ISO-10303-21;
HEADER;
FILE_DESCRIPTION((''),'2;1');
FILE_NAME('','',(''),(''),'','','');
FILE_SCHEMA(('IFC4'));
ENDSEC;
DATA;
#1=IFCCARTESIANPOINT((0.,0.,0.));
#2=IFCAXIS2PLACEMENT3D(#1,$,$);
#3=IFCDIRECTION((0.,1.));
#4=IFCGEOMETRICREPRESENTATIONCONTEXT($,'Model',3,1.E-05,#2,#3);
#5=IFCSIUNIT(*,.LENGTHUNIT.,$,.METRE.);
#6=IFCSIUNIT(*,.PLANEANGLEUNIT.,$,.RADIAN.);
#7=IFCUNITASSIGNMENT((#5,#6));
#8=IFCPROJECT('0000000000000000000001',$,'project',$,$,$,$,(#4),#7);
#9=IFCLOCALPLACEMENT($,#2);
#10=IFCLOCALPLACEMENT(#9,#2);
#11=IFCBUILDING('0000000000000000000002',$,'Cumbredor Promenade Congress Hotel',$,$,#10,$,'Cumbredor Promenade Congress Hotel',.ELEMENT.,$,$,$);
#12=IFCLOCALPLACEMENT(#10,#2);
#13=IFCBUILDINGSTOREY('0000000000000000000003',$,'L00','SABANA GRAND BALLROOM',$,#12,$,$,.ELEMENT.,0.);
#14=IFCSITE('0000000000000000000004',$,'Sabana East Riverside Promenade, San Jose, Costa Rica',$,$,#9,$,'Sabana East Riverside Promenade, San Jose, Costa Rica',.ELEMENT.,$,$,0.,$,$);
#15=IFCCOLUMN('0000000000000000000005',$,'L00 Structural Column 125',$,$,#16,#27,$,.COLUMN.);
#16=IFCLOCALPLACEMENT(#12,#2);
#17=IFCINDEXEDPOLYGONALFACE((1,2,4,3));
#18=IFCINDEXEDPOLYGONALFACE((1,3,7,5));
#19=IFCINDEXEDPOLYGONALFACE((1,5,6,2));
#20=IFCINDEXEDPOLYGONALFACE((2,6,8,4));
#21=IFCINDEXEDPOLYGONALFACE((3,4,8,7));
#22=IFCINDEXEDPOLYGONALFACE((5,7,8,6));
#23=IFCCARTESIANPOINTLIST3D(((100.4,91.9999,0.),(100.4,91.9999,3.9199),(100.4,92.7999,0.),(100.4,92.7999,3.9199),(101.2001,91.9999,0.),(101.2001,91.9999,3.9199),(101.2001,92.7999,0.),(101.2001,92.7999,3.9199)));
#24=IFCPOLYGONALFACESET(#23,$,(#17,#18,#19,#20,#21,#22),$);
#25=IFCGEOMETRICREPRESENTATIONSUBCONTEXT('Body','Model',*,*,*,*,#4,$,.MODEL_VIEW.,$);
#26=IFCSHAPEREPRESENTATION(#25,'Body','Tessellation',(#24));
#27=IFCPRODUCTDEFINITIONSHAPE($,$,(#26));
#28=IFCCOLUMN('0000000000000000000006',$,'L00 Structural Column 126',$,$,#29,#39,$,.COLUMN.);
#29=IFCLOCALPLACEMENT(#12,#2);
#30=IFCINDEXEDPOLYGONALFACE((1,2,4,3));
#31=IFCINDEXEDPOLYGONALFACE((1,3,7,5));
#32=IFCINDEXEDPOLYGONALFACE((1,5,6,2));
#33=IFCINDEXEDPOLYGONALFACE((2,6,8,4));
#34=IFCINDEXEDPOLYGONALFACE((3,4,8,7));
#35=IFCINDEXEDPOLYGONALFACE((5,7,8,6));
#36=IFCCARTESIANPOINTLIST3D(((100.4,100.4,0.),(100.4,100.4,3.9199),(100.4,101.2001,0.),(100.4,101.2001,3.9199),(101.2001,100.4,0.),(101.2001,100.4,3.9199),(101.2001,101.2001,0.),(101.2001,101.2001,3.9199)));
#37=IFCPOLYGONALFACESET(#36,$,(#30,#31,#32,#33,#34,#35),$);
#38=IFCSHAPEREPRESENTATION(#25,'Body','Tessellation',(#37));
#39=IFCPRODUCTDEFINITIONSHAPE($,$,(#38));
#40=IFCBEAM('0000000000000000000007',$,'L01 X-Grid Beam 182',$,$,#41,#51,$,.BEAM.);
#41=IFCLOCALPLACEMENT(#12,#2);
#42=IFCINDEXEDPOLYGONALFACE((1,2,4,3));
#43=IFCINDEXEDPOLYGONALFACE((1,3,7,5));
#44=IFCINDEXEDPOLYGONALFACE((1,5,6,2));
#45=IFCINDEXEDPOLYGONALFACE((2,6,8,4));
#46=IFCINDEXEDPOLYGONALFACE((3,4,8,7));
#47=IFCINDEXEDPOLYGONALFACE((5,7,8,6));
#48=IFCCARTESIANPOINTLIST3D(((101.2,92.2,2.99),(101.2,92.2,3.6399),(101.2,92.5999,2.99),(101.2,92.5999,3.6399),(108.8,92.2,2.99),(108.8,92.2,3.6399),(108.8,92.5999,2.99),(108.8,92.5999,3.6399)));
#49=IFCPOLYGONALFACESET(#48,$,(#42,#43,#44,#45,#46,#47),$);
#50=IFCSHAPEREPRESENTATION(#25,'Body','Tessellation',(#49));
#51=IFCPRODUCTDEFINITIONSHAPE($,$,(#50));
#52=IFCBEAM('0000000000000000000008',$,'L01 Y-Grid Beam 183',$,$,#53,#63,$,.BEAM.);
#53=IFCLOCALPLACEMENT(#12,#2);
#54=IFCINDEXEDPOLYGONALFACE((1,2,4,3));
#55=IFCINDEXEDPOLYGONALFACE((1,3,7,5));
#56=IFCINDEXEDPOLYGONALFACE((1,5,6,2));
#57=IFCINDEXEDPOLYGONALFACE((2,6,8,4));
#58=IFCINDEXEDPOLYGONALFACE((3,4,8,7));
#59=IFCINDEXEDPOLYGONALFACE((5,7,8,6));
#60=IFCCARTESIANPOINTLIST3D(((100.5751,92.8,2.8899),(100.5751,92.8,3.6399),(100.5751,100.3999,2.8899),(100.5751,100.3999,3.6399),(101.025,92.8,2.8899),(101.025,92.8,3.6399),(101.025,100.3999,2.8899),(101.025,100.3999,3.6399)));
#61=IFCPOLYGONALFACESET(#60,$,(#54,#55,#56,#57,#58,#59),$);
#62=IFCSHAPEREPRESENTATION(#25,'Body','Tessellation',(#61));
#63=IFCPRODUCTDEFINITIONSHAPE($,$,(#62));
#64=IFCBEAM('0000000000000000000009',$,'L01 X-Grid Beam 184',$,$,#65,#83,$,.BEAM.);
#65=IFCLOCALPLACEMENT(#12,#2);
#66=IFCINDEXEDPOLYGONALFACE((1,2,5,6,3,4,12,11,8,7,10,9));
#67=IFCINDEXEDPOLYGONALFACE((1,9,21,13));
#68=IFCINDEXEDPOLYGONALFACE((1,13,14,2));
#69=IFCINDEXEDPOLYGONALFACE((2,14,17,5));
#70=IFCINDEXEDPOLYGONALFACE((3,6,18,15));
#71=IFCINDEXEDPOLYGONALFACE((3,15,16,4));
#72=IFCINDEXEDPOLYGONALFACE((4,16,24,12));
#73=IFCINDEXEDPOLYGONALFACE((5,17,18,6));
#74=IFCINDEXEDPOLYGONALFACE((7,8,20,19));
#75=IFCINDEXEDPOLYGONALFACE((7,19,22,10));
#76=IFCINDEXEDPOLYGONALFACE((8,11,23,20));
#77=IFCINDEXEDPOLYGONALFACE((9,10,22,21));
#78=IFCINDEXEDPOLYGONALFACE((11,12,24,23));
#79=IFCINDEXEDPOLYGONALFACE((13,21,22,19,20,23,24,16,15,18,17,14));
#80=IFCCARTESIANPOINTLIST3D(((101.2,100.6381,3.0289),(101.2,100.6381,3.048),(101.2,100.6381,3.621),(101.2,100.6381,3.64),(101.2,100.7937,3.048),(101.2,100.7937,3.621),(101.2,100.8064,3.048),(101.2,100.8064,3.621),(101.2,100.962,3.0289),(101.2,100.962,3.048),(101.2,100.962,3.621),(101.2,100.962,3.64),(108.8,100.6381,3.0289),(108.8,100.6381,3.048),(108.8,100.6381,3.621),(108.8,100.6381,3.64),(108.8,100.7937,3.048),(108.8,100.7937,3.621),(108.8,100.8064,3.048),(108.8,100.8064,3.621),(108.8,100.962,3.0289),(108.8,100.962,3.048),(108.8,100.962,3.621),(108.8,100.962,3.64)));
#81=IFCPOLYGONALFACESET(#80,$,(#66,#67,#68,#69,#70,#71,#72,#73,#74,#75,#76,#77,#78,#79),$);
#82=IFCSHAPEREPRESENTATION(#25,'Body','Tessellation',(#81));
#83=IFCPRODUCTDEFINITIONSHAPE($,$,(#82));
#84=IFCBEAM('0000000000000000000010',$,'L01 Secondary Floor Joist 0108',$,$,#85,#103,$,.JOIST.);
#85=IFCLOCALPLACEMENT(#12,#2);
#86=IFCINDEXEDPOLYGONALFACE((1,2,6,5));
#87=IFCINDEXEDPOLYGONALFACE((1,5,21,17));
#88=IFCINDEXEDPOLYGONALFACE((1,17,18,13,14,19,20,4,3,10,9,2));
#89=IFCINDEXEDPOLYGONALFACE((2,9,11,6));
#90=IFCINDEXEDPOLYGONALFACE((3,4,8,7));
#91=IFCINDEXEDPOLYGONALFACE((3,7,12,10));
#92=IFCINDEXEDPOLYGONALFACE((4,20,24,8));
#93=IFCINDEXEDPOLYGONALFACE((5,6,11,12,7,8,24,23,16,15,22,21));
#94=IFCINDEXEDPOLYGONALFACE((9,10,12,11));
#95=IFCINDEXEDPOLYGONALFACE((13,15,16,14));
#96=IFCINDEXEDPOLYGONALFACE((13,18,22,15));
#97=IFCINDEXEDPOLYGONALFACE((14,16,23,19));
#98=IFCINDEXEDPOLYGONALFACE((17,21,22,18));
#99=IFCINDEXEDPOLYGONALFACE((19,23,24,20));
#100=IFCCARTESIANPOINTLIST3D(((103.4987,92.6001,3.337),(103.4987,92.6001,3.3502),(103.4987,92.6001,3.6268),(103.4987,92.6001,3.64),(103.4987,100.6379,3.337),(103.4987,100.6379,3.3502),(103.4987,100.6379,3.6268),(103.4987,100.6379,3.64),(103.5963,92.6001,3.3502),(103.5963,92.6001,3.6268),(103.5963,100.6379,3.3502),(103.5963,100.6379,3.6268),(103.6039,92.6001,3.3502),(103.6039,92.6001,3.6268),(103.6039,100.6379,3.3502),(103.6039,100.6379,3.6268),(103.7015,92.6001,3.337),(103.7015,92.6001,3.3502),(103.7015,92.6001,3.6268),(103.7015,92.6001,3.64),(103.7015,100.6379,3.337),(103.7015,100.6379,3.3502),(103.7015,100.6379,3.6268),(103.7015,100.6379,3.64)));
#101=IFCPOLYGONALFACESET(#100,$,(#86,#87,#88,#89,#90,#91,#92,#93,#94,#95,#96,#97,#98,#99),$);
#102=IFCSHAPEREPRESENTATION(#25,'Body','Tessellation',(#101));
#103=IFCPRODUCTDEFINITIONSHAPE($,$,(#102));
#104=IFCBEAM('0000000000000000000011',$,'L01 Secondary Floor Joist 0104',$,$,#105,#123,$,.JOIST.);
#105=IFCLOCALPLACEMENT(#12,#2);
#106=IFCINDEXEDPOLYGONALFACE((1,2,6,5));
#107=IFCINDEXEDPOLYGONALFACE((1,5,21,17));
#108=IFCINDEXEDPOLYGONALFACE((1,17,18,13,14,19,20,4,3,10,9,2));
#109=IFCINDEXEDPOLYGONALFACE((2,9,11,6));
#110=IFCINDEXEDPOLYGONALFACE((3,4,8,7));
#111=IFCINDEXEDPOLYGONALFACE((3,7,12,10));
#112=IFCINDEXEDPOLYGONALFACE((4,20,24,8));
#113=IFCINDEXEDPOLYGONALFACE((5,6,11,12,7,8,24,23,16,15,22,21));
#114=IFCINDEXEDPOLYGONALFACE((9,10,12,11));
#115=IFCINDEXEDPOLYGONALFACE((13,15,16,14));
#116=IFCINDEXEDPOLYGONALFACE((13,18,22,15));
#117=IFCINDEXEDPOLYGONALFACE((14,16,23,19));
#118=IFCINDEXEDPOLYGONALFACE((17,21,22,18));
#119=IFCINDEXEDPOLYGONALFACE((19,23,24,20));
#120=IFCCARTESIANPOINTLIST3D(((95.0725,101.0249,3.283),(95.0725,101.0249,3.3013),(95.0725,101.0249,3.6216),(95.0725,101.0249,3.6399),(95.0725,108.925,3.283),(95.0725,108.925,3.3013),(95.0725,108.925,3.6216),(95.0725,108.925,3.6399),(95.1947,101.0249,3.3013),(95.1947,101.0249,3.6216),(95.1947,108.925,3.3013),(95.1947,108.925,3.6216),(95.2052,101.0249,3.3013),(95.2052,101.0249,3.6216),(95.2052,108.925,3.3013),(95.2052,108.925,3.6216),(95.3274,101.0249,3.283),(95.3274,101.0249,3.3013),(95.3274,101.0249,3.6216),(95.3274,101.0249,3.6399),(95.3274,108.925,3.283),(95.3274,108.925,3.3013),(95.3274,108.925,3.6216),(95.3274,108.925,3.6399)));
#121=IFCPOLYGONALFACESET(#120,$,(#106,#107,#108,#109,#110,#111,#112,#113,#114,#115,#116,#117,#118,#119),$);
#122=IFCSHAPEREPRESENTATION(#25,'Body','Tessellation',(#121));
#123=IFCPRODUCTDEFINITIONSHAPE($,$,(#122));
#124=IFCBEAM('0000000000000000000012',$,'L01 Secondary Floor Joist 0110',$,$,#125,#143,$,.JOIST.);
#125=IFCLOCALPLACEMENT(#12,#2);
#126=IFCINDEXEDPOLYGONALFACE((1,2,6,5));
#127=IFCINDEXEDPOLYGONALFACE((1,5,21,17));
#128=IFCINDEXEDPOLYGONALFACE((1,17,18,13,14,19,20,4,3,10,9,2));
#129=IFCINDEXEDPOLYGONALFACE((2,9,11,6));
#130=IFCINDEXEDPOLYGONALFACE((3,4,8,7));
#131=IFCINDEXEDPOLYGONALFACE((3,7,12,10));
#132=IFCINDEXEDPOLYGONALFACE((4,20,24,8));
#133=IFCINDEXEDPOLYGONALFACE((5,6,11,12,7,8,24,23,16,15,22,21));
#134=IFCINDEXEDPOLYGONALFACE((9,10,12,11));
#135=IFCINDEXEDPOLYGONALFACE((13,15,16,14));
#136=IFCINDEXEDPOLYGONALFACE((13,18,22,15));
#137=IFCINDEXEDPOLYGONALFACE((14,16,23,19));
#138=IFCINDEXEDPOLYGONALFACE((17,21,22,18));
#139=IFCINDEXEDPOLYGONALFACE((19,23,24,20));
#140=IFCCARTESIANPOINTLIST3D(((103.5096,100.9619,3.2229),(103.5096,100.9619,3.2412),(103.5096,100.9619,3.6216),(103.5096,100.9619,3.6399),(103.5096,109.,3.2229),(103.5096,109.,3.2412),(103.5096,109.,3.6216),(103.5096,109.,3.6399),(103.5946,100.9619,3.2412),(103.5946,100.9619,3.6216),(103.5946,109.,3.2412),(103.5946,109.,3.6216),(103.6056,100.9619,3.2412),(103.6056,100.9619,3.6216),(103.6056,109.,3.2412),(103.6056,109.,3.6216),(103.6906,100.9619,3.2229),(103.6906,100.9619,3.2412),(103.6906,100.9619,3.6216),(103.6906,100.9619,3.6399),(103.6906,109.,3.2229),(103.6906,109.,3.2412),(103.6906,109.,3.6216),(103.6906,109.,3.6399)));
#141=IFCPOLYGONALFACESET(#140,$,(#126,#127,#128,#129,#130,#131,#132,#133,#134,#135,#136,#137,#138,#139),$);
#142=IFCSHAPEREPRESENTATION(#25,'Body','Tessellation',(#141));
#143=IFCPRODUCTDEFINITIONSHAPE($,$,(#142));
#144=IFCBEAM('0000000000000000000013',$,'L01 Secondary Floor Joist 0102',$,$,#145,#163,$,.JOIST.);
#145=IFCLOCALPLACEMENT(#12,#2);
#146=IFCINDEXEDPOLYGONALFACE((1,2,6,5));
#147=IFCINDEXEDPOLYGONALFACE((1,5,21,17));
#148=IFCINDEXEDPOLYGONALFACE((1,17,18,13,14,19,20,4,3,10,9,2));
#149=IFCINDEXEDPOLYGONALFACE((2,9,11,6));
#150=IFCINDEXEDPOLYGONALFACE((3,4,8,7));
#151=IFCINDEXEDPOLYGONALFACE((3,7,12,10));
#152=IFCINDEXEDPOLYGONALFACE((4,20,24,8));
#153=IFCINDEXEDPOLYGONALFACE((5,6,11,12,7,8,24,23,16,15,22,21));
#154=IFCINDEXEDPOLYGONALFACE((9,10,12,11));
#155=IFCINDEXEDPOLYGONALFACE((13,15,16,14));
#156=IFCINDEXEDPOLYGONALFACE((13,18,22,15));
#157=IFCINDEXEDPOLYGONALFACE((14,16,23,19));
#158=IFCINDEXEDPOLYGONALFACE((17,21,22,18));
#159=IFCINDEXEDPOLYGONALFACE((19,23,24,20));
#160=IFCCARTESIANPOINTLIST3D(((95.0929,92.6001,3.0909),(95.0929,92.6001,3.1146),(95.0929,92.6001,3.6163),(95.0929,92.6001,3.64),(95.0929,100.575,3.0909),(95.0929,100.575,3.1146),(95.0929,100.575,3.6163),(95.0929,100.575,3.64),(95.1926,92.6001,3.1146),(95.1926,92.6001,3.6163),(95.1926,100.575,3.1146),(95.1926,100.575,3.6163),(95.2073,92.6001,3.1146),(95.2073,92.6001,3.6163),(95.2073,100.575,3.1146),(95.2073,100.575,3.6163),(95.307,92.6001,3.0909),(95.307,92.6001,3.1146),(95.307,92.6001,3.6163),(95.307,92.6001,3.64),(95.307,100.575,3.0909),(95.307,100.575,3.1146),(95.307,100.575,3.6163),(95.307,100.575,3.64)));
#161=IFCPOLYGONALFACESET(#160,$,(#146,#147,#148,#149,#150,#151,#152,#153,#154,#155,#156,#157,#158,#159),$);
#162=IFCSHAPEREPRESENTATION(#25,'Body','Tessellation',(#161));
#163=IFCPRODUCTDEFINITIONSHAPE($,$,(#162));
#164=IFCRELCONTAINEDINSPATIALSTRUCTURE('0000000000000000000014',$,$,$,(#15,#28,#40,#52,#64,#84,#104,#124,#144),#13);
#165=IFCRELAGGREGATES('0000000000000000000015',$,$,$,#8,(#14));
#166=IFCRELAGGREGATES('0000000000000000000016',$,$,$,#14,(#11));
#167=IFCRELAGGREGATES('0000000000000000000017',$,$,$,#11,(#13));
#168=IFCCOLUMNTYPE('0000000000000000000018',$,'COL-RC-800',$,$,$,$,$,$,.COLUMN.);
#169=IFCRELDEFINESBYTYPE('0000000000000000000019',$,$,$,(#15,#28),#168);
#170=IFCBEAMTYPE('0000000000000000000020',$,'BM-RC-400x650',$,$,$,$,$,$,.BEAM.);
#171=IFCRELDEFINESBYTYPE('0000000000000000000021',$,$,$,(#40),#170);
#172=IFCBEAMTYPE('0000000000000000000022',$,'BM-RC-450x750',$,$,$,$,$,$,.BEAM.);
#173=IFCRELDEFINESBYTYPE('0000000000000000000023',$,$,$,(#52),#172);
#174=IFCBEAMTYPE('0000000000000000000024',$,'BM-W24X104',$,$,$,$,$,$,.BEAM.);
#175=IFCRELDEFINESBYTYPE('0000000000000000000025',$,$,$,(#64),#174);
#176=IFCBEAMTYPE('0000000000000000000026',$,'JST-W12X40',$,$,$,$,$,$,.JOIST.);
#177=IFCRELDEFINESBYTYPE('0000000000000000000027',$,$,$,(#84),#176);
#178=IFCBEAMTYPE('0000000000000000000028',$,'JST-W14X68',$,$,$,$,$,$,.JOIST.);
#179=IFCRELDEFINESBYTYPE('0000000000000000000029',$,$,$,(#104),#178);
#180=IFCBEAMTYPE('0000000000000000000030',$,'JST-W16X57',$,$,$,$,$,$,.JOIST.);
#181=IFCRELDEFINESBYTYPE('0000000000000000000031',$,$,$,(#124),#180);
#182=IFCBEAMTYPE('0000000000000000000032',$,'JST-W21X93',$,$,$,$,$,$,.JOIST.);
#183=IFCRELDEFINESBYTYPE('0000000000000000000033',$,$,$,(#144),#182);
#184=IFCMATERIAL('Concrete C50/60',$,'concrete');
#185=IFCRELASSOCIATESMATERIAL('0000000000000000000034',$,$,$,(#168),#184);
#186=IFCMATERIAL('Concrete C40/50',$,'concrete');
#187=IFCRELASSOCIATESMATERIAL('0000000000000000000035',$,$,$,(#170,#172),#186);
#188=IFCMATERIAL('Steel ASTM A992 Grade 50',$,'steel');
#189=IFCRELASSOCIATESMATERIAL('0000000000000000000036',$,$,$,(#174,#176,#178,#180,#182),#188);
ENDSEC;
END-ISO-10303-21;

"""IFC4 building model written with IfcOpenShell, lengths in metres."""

from ifc_helpers import new_model, si_unit, direction, frame, origin, origin_2d, place, context, subcontext, project, spatial, rectangle, i_section, extrude, material, material_profile, profile_set, type_object, element, save


model = new_model("IFC4")

# Units and contexts
model_context = context("Model", 3, precision=1e-05, world=origin(), true_north=direction((0.0, 1.0)))
body_context = subcontext(model_context, "Body", "Model", "MODEL_VIEW")
ifc_project = project(units=[si_unit("LENGTHUNIT", "METRE"), si_unit("PLANEANGLEUNIT", "RADIAN")], contexts=[model_context])

# Site, building, storey
site_placement = place(None, origin())
site = spatial("IfcSite", under=ifc_project, at=site_placement, Name="Sabana East Riverside Promenade, San Jose, Costa Rica", LongName="Sabana East Riverside Promenade, San Jose, Costa Rica", CompositionType="ELEMENT", RefElevation=0.0)
building_placement = place(site_placement, origin())
building = spatial("IfcBuilding", under=site, at=building_placement, Name="Cumbredor Promenade Congress Hotel", LongName="Cumbredor Promenade Congress Hotel", CompositionType="ELEMENT")
storey_placement = place(building_placement, origin())
storey = spatial("IfcBuildingStorey", under=building, at=storey_placement, Name="L00", Description="SABANA GRAND BALLROOM", CompositionType="ELEMENT", Elevation=0.0)

# Columns
ifc_material_1 = material(Name="Concrete C50/60", Category="concrete")
ifc_material_profile_1 = material_profile(ifc_material_1, rectangle(XDim=0.8, YDim=0.8, at=origin_2d()), Name="RC 800x800")
ifc_profile_set_1 = profile_set([ifc_material_profile_1], Name="Concrete C50/60")
column_type = type_object("IfcColumnType", Name="COL-RC-800", PredefinedType="COLUMN", material=ifc_profile_set_1)
for number, where, z_axis, x_axis, name in (
    (1, (100.8, 92.3999, 0.0), (0.0, 0.0, 1.0), (1.0, 0.0, 0.0), "L00 Structural Column 125"),
    (2, (100.8, 100.8, 0.0), (0.0, 0.0, 1.0), (1.0, 0.0, 0.0), "L00 Structural Column 126"),
):
    element("IfcColumn", number, at=place(storey_placement, frame(where, z_axis=z_axis, x_axis=x_axis)), inside=storey, type_object=column_type, Name=name, PredefinedType="COLUMN", context=body_context, shape_type="SweptSolid", body=[
        extrude(rectangle(XDim=0.8, YDim=0.8, at=origin_2d()), origin(), (0.0, 0.0, 1.0), 3.9199),
    ])

# Beams
ifc_material_2 = material(Name="Concrete C40/50", Category="concrete")
ifc_material_profile_2 = material_profile(ifc_material_2, rectangle(XDim=0.3999, YDim=0.6499, at=origin_2d()), Name="RC BEAM 400x650")
ifc_profile_set_2 = profile_set([ifc_material_profile_2], Name="Concrete C40/50")
beam_type_1 = type_object("IfcBeamType", Name="BM-RC-400x650", PredefinedType="BEAM", material=ifc_profile_set_2)
beam_1_placement = place(storey_placement, frame((101.2, 92.3999, 3.3149), z_axis=(1.0, 0.0, 0.0), x_axis=(0.0, 1.0, 0.0)))
element("IfcBeam", 3, at=beam_1_placement, inside=storey, type_object=beam_type_1, Name="L01 X-Grid Beam 182", PredefinedType="BEAM", context=body_context, shape_type="SweptSolid", body=[
    extrude(rectangle(XDim=0.3999, YDim=0.6499, at=origin_2d()), origin(), (0.0, 0.0, 1.0), 7.6001),
])
ifc_material_profile_3 = material_profile(ifc_material_2, rectangle(XDim=0.45, YDim=0.75, at=origin_2d()), Name="RC BEAM 450x750")
ifc_profile_set_3 = profile_set([ifc_material_profile_3], Name="Concrete C40/50")
beam_type_2 = type_object("IfcBeamType", Name="BM-RC-450x750", PredefinedType="BEAM", material=ifc_profile_set_3)
beam_2_placement = place(storey_placement, frame((100.8, 92.8, 3.2649), z_axis=(0.0, 1.0, 0.0), x_axis=(-1.0, 0.0, 0.0)))
element("IfcBeam", 4, at=beam_2_placement, inside=storey, type_object=beam_type_2, Name="L01 Y-Grid Beam 183", PredefinedType="BEAM", context=body_context, shape_type="SweptSolid", body=[
    extrude(rectangle(XDim=0.45, YDim=0.75, at=origin_2d()), origin(), (0.0, 0.0, 1.0), 7.5999),
])
ifc_material_3 = material(Name="Steel ASTM A992 Grade 50", Category="steel")
ifc_material_profile_4 = material_profile(ifc_material_3, i_section(OverallWidth=0.324, OverallDepth=0.6111, WebThickness=0.0127, FlangeThickness=0.019, at=origin_2d()), Name="W24X104")
ifc_profile_set_4 = profile_set([ifc_material_profile_4], Name="Steel ASTM A992 Grade 50")
beam_type_3 = type_object("IfcBeamType", Name="BM-W24X104", PredefinedType="BEAM", material=ifc_profile_set_4)
beam_3_placement = place(storey_placement, frame((101.2, 100.8, 3.3345), z_axis=(1.0, 0.0, 0.0), x_axis=(0.0, 1.0, 0.0)))
element("IfcBeam", 5, at=beam_3_placement, inside=storey, type_object=beam_type_3, Name="L01 X-Grid Beam 184", PredefinedType="BEAM", context=body_context, shape_type="SweptSolid", body=[
    extrude(i_section(OverallWidth=0.324, OverallDepth=0.6111, WebThickness=0.0127, FlangeThickness=0.019, at=origin_2d()), origin(), (0.0, 0.0, 1.0), 7.6001),
])
ifc_material_profile_5 = material_profile(ifc_material_3, i_section(OverallWidth=0.2029, OverallDepth=0.303, WebThickness=0.0076, FlangeThickness=0.0132, at=origin_2d()), Name="W12X40")
ifc_profile_set_5 = profile_set([ifc_material_profile_5], Name="Steel ASTM A992 Grade 50")
beam_type_4 = type_object("IfcBeamType", Name="JST-W12X40", PredefinedType="JOIST", material=ifc_profile_set_5)
beam_4_placement = place(storey_placement, frame((103.6001, 92.6001, 3.4885), z_axis=(0.0, 1.0, 0.0), x_axis=(-1.0, 0.0, 0.0)))
element("IfcBeam", 6, at=beam_4_placement, inside=storey, type_object=beam_type_4, Name="L01 Secondary Floor Joist 0108", PredefinedType="JOIST", context=body_context, shape_type="SweptSolid", body=[
    extrude(i_section(OverallWidth=0.2029, OverallDepth=0.303, WebThickness=0.0076, FlangeThickness=0.0132, at=origin_2d()), origin(), (0.0, 0.0, 1.0), 8.0378),
])
ifc_material_profile_6 = material_profile(ifc_material_3, i_section(OverallWidth=0.2549, OverallDepth=0.3569, WebThickness=0.0105, FlangeThickness=0.0183, at=origin_2d()), Name="W14X68")
ifc_profile_set_6 = profile_set([ifc_material_profile_6], Name="Steel ASTM A992 Grade 50")
beam_type_5 = type_object("IfcBeamType", Name="JST-W14X68", PredefinedType="JOIST", material=ifc_profile_set_6)
beam_5_placement = place(storey_placement, frame((95.2, 101.0249, 3.4614), z_axis=(0.0, 1.0, 0.0), x_axis=(-1.0, 0.0, 0.0)))
element("IfcBeam", 7, at=beam_5_placement, inside=storey, type_object=beam_type_5, Name="L01 Secondary Floor Joist 0104", PredefinedType="JOIST", context=body_context, shape_type="SweptSolid", body=[
    extrude(i_section(OverallWidth=0.2549, OverallDepth=0.3569, WebThickness=0.0105, FlangeThickness=0.0183, at=origin_2d()), origin(), (0.0, 0.0, 1.0), 7.9001),
])
ifc_material_profile_7 = material_profile(ifc_material_3, i_section(OverallWidth=0.1809, OverallDepth=0.417, WebThickness=0.011, FlangeThickness=0.0183, at=origin_2d()), Name="W16X57")
ifc_profile_set_7 = profile_set([ifc_material_profile_7], Name="Steel ASTM A992 Grade 50")
beam_type_6 = type_object("IfcBeamType", Name="JST-W16X57", PredefinedType="JOIST", material=ifc_profile_set_7)
beam_6_placement = place(storey_placement, frame((103.6001, 100.9619, 3.4314), z_axis=(0.0, 1.0, 0.0), x_axis=(-1.0, 0.0, 0.0)))
element("IfcBeam", 8, at=beam_6_placement, inside=storey, type_object=beam_type_6, Name="L01 Secondary Floor Joist 0110", PredefinedType="JOIST", context=body_context, shape_type="SweptSolid", body=[
    extrude(i_section(OverallWidth=0.1809, OverallDepth=0.417, WebThickness=0.011, FlangeThickness=0.0183, at=origin_2d()), origin(), (0.0, 0.0, 1.0), 8.0381),
])
ifc_material_profile_8 = material_profile(ifc_material_3, i_section(OverallWidth=0.2141, OverallDepth=0.5491, WebThickness=0.0146, FlangeThickness=0.0237, at=origin_2d()), Name="W21X93")
ifc_profile_set_8 = profile_set([ifc_material_profile_8], Name="Steel ASTM A992 Grade 50")
beam_type_7 = type_object("IfcBeamType", Name="JST-W21X93", PredefinedType="JOIST", material=ifc_profile_set_8)
for number, where, z_axis, x_axis, name in (
    (9, (95.2, 92.6001, 3.3655), (0.0, 1.0, 0.0), (-1.0, 0.0, 0.0), "L01 Secondary Floor Joist 0102"),
):
    element("IfcBeam", number, at=place(storey_placement, frame(where, z_axis=z_axis, x_axis=x_axis)), inside=storey, type_object=beam_type_7, Name=name, PredefinedType="JOIST", context=body_context, shape_type="SweptSolid", body=[
        extrude(i_section(OverallWidth=0.2141, OverallDepth=0.5491, WebThickness=0.0146, FlangeThickness=0.0237, at=origin_2d()), origin(), (0.0, 0.0, 1.0), 7.9749),
    ])

save(model, "model.ifc")
